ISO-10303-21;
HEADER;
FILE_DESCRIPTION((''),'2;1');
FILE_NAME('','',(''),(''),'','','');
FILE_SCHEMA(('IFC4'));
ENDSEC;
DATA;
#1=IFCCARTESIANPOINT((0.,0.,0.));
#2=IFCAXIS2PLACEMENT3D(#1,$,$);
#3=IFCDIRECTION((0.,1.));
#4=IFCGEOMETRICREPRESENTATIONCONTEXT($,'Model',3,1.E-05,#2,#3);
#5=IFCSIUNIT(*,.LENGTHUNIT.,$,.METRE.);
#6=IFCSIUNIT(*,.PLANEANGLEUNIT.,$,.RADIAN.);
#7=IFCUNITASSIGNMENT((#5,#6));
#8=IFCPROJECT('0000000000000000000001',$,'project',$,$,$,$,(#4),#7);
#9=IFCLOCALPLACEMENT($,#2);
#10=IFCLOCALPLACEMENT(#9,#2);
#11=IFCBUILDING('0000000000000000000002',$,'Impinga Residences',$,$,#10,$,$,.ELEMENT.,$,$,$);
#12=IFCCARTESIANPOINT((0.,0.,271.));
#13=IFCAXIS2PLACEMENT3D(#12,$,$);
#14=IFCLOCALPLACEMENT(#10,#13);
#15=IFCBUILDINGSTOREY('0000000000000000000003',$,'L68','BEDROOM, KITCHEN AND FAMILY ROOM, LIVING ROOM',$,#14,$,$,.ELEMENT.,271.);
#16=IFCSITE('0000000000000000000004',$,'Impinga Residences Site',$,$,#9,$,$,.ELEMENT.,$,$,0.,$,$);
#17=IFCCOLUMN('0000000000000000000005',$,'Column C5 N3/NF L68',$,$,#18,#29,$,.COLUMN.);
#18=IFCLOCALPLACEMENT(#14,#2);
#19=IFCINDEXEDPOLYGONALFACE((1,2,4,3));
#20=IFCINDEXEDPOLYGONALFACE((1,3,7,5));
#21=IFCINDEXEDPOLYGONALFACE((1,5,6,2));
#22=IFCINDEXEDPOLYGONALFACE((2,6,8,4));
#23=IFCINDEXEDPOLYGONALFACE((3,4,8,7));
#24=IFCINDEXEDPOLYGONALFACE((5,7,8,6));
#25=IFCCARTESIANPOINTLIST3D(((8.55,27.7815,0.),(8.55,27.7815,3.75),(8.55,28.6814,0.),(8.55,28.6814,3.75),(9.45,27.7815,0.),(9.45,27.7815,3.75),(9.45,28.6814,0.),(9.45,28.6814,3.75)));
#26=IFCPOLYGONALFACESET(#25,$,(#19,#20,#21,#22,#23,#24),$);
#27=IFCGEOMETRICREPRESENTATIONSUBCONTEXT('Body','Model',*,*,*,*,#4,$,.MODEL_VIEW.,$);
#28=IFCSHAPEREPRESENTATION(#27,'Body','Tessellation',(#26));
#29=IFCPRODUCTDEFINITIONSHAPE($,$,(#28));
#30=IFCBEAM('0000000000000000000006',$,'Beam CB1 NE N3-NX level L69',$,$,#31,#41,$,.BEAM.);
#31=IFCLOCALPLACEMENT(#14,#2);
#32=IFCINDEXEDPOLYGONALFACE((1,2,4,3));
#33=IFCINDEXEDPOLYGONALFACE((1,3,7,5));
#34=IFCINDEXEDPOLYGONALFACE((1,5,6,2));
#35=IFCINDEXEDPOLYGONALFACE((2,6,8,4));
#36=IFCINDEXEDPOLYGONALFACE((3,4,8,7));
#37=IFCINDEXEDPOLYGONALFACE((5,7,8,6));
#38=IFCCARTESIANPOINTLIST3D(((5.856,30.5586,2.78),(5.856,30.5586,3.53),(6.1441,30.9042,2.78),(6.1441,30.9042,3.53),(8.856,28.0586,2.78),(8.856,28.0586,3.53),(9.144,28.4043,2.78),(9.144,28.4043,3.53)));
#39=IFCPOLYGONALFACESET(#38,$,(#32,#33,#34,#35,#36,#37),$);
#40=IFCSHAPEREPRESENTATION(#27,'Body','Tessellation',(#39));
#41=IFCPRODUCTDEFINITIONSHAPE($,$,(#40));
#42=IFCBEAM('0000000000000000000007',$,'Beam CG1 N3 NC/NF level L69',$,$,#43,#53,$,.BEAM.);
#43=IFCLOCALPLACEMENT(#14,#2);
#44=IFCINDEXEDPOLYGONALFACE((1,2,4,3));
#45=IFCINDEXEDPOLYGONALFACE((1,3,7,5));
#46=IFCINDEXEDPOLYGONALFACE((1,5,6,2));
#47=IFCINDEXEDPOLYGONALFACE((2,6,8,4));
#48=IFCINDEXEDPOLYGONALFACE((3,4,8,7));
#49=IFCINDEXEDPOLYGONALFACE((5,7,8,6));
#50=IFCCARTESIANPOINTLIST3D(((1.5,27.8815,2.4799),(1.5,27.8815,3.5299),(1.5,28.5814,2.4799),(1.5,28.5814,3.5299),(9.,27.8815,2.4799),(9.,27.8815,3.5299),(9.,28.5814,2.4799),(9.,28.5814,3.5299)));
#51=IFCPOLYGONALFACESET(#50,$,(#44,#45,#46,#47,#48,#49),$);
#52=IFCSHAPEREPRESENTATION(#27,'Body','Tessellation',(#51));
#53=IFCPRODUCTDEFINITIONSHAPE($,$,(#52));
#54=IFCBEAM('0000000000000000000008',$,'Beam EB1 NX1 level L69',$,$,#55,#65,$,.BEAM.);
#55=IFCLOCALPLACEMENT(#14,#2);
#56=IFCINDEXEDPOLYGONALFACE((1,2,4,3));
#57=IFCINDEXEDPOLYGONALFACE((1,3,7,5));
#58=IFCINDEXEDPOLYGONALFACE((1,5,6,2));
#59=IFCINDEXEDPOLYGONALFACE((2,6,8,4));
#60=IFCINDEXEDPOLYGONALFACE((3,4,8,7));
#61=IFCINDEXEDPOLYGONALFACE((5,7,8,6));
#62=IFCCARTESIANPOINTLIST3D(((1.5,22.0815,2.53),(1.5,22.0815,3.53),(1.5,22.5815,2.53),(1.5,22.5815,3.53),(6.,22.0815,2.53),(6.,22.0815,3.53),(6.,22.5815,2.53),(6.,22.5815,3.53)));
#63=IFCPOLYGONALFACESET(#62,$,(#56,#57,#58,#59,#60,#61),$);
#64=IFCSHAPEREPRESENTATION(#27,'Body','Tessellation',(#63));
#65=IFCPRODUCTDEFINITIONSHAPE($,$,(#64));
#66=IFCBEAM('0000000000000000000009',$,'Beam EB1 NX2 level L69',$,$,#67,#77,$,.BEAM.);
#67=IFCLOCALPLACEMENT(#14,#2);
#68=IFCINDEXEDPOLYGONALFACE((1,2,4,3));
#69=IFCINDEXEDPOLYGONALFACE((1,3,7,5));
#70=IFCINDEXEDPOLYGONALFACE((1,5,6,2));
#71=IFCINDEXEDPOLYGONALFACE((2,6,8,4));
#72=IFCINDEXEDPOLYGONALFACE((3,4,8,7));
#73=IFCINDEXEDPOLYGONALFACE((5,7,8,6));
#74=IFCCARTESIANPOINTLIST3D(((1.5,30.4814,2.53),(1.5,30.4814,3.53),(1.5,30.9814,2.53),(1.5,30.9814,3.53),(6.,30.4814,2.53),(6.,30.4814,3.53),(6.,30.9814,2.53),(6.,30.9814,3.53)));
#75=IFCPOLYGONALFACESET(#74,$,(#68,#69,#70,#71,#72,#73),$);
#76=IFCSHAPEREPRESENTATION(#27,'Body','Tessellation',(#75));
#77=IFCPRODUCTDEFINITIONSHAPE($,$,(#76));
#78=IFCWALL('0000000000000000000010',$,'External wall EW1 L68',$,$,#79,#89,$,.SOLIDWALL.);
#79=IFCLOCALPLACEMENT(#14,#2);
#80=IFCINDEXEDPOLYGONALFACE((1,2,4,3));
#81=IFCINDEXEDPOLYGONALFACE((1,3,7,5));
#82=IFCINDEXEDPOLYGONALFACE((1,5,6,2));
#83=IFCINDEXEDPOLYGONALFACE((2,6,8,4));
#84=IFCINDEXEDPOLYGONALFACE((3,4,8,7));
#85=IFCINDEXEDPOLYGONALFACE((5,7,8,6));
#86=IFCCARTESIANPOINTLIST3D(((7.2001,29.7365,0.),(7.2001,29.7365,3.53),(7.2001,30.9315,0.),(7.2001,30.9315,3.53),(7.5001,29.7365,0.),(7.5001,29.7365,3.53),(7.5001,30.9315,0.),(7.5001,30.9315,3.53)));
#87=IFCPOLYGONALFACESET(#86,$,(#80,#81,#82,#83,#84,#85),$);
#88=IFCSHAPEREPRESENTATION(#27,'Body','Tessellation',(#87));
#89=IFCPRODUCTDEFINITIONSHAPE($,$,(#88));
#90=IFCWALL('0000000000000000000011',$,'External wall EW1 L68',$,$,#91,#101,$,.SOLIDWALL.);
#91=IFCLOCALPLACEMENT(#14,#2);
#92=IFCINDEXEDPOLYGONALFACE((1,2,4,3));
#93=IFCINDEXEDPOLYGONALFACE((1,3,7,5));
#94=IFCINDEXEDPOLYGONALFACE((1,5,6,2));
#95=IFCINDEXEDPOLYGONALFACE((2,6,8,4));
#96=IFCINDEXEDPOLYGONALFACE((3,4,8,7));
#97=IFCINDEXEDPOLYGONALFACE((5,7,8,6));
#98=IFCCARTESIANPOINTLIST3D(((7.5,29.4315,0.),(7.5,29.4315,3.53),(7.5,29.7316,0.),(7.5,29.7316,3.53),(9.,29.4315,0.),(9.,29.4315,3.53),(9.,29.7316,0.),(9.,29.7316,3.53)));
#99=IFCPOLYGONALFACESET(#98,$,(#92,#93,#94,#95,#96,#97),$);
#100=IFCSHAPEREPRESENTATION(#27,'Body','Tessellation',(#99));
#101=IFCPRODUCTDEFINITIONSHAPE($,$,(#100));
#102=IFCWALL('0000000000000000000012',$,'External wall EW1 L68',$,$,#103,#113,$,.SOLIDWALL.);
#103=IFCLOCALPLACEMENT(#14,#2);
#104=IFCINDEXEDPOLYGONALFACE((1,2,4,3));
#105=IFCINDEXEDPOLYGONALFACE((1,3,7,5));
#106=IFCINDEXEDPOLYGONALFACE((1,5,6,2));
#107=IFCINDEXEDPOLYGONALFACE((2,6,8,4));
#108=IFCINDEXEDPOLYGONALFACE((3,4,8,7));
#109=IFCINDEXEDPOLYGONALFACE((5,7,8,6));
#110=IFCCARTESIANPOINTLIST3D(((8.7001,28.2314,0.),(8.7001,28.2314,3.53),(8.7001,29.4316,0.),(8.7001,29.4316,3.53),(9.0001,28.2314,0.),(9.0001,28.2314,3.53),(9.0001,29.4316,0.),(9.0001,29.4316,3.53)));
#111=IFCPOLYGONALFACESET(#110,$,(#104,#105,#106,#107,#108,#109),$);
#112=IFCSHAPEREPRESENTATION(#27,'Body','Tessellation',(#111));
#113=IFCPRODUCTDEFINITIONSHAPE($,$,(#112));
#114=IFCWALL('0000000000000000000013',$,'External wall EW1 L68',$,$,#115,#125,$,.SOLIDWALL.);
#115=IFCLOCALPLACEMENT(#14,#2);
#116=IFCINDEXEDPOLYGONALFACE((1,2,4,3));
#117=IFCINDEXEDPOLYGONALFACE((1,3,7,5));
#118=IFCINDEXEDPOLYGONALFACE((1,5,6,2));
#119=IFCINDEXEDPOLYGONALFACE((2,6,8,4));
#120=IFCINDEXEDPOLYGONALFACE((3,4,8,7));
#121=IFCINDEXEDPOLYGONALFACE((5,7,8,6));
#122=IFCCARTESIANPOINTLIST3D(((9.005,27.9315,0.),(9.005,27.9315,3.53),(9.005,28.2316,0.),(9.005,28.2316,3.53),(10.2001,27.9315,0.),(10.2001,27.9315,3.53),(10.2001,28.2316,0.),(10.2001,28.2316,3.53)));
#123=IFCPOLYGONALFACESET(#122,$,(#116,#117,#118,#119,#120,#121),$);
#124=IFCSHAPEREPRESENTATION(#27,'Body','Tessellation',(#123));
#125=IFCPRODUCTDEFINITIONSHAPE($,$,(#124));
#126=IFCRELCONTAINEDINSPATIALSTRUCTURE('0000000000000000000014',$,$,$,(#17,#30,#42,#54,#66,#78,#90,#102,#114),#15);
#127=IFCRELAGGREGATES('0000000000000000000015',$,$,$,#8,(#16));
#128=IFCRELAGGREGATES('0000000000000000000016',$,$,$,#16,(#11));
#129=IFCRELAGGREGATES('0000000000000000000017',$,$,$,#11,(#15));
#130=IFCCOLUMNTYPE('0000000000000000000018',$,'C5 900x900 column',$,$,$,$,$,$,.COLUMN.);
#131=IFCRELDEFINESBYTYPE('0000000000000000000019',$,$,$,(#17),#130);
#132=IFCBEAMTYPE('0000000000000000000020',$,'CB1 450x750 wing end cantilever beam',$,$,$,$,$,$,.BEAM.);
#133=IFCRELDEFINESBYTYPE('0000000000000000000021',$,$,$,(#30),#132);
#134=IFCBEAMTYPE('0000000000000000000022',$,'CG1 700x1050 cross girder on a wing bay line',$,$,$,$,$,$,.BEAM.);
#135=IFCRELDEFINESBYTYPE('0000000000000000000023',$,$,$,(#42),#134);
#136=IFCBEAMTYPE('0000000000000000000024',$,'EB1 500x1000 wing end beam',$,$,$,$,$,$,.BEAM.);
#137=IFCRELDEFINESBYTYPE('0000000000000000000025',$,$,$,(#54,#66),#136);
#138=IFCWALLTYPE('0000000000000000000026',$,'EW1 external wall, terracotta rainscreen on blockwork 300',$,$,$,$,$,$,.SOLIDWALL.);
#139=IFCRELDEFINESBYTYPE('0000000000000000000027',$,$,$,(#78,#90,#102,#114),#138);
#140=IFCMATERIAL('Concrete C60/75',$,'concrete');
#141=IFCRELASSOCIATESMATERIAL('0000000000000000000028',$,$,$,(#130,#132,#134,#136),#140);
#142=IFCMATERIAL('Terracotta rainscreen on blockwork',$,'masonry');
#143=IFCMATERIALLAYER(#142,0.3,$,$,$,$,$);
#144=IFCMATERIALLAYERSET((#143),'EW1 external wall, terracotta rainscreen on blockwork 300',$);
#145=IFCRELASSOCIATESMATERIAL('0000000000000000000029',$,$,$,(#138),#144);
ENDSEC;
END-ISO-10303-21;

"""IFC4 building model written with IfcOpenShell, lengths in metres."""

from ifc_helpers import new_model, si_unit, direction, frame, frame_2d, origin, origin_2d, place, context, subcontext, project, spatial, rectangle, extrude, material, layer, layer_set, material_profile, profile_set, type_object, element, save


model = new_model("IFC4")

# Units and contexts
model_context = context("Model", 3, precision=1e-05, world=origin(), true_north=direction((0.0, 1.0)))
body_context = subcontext(model_context, "Body", "Model", "MODEL_VIEW")
ifc_project = project(units=[si_unit("LENGTHUNIT", "METRE"), si_unit("PLANEANGLEUNIT", "RADIAN")], contexts=[model_context])

# Site, building, storey
site_placement = place(None, origin())
site = spatial("IfcSite", under=ifc_project, at=site_placement, Name="Impinga Residences Site", CompositionType="ELEMENT", RefElevation=0.0)
building_placement = place(site_placement, origin())
building = spatial("IfcBuilding", under=site, at=building_placement, Name="Impinga Residences", CompositionType="ELEMENT")
storey_placement = place(building_placement, frame((0.0, 0.0, 271.0)))
storey = spatial("IfcBuildingStorey", under=building, at=storey_placement, Name="L68", Description="BEDROOM, KITCHEN AND FAMILY ROOM, LIVING ROOM", CompositionType="ELEMENT", Elevation=271.0)

# Column
ifc_material_1 = material(Name="Concrete C60/75", Category="concrete")
ifc_material_profile_1 = material_profile(ifc_material_1, rectangle(XDim=0.8999, YDim=0.8999, at=origin_2d()), Name="RC 900x900")
ifc_profile_set_1 = profile_set([ifc_material_profile_1], Name="Concrete C60/75")
column_type = type_object("IfcColumnType", Name="C5 900x900 column", PredefinedType="COLUMN", material=ifc_profile_set_1)
column_placement = place(storey_placement, frame((9.0, 28.2314, 0.0), z_axis=(0.0, 0.0, 1.0), x_axis=(1.0, 0.0, 0.0)))
element("IfcColumn", 1, at=column_placement, inside=storey, type_object=column_type, Name="Column C5 N3/NF L68", PredefinedType="COLUMN", context=body_context, shape_type="SweptSolid", body=[
    extrude(rectangle(XDim=0.8999, YDim=0.8999, at=origin_2d()), origin(), (0.0, 0.0, 1.0), 3.75),
])

# Beams
ifc_material_profile_2 = material_profile(ifc_material_1, rectangle(XDim=0.45, YDim=0.75, at=origin_2d()), Name="RC 450x750")
ifc_profile_set_2 = profile_set([ifc_material_profile_2], Name="Concrete C60/75")
beam_type_1 = type_object("IfcBeamType", Name="CB1 450x750 wing end cantilever beam", PredefinedType="BEAM", material=ifc_profile_set_2)
beam_1_placement = place(storey_placement, frame((9.0, 28.2314, 3.155), z_axis=(-0.768221, 0.640184, 0.0), x_axis=(-0.640184, -0.768221, 0.0)))
element("IfcBeam", 2, at=beam_1_placement, inside=storey, type_object=beam_type_1, Name="Beam CB1 NE N3-NX level L69", PredefinedType="BEAM", context=body_context, shape_type="SweptSolid", body=[
    extrude(rectangle(XDim=0.45, YDim=0.75, at=origin_2d()), origin(), (0.0, 0.0, 1.0), 3.905),
])
ifc_material_profile_3 = material_profile(ifc_material_1, rectangle(XDim=0.7, YDim=1.05, at=origin_2d()), Name="RC 700x1050")
ifc_profile_set_3 = profile_set([ifc_material_profile_3], Name="Concrete C60/75")
beam_type_2 = type_object("IfcBeamType", Name="CG1 700x1050 cross girder on a wing bay line", PredefinedType="BEAM", material=ifc_profile_set_3)
beam_2_placement = place(storey_placement, frame((1.5, 28.2314, 3.0049), z_axis=(1.0, 0.0, 0.0), x_axis=(0.0, 1.0, 0.0)))
element("IfcBeam", 3, at=beam_2_placement, inside=storey, type_object=beam_type_2, Name="Beam CG1 N3 NC/NF level L69", PredefinedType="BEAM", context=body_context, shape_type="SweptSolid", body=[
    extrude(rectangle(XDim=0.7, YDim=1.05, at=origin_2d()), origin(), (0.0, 0.0, 1.0), 7.5),
])
ifc_material_profile_4 = material_profile(ifc_material_1, rectangle(XDim=0.5, YDim=1.0, at=origin_2d()), Name="RC 500x1000")
ifc_profile_set_4 = profile_set([ifc_material_profile_4], Name="Concrete C60/75")
beam_type_3 = type_object("IfcBeamType", Name="EB1 500x1000 wing end beam", PredefinedType="BEAM", material=ifc_profile_set_4)
for number, where, z_axis, x_axis, name in (
    (4, (1.5, 22.3315, 3.03), (1.0, 0.0, 0.0), (0.0, 1.0, 0.0), "Beam EB1 NX1 level L69"),
    (5, (1.5, 30.7314, 3.03), (1.0, 0.0, 0.0), (0.0, 1.0, 0.0), "Beam EB1 NX2 level L69"),
):
    element("IfcBeam", number, at=place(storey_placement, frame(where, z_axis=z_axis, x_axis=x_axis)), inside=storey, type_object=beam_type_3, Name=name, PredefinedType="BEAM", context=body_context, shape_type="SweptSolid", body=[
        extrude(rectangle(XDim=0.5, YDim=1.0, at=origin_2d()), origin(), (0.0, 0.0, 1.0), 4.5),
    ])

# Walls
ifc_material_2 = material(Name="Terracotta rainscreen on blockwork", Category="masonry")
ifc_layer_1 = layer(ifc_material_2, 0.3)
ifc_layer_set_1 = layer_set([ifc_layer_1], Name="EW1 external wall, terracotta rainscreen on blockwork 300")
wall_type_1 = type_object("IfcWallType", Name="EW1 external wall, terracotta rainscreen on blockwork 300", PredefinedType="SOLIDWALL", material=ifc_layer_set_1)
wall_1_placement = place(storey_placement, frame((7.3501, 30.9316, 0.0), z_axis=(0.0, 0.0, 1.0), x_axis=(0.0, -1.0, 0.0)))
element("IfcWall", 6, at=wall_1_placement, inside=storey, type_object=wall_type_1, Name="External wall EW1 L68", PredefinedType="SOLIDWALL", context=body_context, shape_type="SweptSolid", body=[
    extrude(rectangle(XDim=1.1951, YDim=0.3, at=frame_2d((0.5977, 0.0))), origin(), (0.0, 0.0, 1.0), 3.53),
])
wall_2_placement = place(storey_placement, frame((7.5, 29.5815, 0.0), z_axis=(0.0, 0.0, 1.0), x_axis=(1.0, 0.0, 0.0)))
element("IfcWall", 7, at=wall_2_placement, inside=storey, type_object=wall_type_1, Name="External wall EW1 L68", PredefinedType="SOLIDWALL", context=body_context, shape_type="SweptSolid", body=[
    extrude(rectangle(XDim=1.5, YDim=0.3, at=frame_2d((0.75, 0.0))), origin(), (0.0, 0.0, 1.0), 3.53),
])
wall_3_placement = place(storey_placement, frame((8.8501, 29.4316, 0.0), z_axis=(0.0, 0.0, 1.0), x_axis=(0.0, -1.0, 0.0)))
element("IfcWall", 8, at=wall_3_placement, inside=storey, type_object=wall_type_1, Name="External wall EW1 L68", PredefinedType="SOLIDWALL", context=body_context, shape_type="SweptSolid", body=[
    extrude(rectangle(XDim=1.2002, YDim=0.3, at=frame_2d((0.6001, 0.0))), origin(), (0.0, 0.0, 1.0), 3.53),
])
wall_4_placement = place(storey_placement, frame((9.0049, 28.0815, 0.0), z_axis=(0.0, 0.0, 1.0), x_axis=(1.0, 0.0, 0.0)))
element("IfcWall", 9, at=wall_4_placement, inside=storey, type_object=wall_type_1, Name="External wall EW1 L68", PredefinedType="SOLIDWALL", context=body_context, shape_type="SweptSolid", body=[
    extrude(rectangle(XDim=1.1951, YDim=0.3, at=frame_2d((0.5977, 0.0))), origin(), (0.0, 0.0, 1.0), 3.53),
])

save(model, "model.ifc")
